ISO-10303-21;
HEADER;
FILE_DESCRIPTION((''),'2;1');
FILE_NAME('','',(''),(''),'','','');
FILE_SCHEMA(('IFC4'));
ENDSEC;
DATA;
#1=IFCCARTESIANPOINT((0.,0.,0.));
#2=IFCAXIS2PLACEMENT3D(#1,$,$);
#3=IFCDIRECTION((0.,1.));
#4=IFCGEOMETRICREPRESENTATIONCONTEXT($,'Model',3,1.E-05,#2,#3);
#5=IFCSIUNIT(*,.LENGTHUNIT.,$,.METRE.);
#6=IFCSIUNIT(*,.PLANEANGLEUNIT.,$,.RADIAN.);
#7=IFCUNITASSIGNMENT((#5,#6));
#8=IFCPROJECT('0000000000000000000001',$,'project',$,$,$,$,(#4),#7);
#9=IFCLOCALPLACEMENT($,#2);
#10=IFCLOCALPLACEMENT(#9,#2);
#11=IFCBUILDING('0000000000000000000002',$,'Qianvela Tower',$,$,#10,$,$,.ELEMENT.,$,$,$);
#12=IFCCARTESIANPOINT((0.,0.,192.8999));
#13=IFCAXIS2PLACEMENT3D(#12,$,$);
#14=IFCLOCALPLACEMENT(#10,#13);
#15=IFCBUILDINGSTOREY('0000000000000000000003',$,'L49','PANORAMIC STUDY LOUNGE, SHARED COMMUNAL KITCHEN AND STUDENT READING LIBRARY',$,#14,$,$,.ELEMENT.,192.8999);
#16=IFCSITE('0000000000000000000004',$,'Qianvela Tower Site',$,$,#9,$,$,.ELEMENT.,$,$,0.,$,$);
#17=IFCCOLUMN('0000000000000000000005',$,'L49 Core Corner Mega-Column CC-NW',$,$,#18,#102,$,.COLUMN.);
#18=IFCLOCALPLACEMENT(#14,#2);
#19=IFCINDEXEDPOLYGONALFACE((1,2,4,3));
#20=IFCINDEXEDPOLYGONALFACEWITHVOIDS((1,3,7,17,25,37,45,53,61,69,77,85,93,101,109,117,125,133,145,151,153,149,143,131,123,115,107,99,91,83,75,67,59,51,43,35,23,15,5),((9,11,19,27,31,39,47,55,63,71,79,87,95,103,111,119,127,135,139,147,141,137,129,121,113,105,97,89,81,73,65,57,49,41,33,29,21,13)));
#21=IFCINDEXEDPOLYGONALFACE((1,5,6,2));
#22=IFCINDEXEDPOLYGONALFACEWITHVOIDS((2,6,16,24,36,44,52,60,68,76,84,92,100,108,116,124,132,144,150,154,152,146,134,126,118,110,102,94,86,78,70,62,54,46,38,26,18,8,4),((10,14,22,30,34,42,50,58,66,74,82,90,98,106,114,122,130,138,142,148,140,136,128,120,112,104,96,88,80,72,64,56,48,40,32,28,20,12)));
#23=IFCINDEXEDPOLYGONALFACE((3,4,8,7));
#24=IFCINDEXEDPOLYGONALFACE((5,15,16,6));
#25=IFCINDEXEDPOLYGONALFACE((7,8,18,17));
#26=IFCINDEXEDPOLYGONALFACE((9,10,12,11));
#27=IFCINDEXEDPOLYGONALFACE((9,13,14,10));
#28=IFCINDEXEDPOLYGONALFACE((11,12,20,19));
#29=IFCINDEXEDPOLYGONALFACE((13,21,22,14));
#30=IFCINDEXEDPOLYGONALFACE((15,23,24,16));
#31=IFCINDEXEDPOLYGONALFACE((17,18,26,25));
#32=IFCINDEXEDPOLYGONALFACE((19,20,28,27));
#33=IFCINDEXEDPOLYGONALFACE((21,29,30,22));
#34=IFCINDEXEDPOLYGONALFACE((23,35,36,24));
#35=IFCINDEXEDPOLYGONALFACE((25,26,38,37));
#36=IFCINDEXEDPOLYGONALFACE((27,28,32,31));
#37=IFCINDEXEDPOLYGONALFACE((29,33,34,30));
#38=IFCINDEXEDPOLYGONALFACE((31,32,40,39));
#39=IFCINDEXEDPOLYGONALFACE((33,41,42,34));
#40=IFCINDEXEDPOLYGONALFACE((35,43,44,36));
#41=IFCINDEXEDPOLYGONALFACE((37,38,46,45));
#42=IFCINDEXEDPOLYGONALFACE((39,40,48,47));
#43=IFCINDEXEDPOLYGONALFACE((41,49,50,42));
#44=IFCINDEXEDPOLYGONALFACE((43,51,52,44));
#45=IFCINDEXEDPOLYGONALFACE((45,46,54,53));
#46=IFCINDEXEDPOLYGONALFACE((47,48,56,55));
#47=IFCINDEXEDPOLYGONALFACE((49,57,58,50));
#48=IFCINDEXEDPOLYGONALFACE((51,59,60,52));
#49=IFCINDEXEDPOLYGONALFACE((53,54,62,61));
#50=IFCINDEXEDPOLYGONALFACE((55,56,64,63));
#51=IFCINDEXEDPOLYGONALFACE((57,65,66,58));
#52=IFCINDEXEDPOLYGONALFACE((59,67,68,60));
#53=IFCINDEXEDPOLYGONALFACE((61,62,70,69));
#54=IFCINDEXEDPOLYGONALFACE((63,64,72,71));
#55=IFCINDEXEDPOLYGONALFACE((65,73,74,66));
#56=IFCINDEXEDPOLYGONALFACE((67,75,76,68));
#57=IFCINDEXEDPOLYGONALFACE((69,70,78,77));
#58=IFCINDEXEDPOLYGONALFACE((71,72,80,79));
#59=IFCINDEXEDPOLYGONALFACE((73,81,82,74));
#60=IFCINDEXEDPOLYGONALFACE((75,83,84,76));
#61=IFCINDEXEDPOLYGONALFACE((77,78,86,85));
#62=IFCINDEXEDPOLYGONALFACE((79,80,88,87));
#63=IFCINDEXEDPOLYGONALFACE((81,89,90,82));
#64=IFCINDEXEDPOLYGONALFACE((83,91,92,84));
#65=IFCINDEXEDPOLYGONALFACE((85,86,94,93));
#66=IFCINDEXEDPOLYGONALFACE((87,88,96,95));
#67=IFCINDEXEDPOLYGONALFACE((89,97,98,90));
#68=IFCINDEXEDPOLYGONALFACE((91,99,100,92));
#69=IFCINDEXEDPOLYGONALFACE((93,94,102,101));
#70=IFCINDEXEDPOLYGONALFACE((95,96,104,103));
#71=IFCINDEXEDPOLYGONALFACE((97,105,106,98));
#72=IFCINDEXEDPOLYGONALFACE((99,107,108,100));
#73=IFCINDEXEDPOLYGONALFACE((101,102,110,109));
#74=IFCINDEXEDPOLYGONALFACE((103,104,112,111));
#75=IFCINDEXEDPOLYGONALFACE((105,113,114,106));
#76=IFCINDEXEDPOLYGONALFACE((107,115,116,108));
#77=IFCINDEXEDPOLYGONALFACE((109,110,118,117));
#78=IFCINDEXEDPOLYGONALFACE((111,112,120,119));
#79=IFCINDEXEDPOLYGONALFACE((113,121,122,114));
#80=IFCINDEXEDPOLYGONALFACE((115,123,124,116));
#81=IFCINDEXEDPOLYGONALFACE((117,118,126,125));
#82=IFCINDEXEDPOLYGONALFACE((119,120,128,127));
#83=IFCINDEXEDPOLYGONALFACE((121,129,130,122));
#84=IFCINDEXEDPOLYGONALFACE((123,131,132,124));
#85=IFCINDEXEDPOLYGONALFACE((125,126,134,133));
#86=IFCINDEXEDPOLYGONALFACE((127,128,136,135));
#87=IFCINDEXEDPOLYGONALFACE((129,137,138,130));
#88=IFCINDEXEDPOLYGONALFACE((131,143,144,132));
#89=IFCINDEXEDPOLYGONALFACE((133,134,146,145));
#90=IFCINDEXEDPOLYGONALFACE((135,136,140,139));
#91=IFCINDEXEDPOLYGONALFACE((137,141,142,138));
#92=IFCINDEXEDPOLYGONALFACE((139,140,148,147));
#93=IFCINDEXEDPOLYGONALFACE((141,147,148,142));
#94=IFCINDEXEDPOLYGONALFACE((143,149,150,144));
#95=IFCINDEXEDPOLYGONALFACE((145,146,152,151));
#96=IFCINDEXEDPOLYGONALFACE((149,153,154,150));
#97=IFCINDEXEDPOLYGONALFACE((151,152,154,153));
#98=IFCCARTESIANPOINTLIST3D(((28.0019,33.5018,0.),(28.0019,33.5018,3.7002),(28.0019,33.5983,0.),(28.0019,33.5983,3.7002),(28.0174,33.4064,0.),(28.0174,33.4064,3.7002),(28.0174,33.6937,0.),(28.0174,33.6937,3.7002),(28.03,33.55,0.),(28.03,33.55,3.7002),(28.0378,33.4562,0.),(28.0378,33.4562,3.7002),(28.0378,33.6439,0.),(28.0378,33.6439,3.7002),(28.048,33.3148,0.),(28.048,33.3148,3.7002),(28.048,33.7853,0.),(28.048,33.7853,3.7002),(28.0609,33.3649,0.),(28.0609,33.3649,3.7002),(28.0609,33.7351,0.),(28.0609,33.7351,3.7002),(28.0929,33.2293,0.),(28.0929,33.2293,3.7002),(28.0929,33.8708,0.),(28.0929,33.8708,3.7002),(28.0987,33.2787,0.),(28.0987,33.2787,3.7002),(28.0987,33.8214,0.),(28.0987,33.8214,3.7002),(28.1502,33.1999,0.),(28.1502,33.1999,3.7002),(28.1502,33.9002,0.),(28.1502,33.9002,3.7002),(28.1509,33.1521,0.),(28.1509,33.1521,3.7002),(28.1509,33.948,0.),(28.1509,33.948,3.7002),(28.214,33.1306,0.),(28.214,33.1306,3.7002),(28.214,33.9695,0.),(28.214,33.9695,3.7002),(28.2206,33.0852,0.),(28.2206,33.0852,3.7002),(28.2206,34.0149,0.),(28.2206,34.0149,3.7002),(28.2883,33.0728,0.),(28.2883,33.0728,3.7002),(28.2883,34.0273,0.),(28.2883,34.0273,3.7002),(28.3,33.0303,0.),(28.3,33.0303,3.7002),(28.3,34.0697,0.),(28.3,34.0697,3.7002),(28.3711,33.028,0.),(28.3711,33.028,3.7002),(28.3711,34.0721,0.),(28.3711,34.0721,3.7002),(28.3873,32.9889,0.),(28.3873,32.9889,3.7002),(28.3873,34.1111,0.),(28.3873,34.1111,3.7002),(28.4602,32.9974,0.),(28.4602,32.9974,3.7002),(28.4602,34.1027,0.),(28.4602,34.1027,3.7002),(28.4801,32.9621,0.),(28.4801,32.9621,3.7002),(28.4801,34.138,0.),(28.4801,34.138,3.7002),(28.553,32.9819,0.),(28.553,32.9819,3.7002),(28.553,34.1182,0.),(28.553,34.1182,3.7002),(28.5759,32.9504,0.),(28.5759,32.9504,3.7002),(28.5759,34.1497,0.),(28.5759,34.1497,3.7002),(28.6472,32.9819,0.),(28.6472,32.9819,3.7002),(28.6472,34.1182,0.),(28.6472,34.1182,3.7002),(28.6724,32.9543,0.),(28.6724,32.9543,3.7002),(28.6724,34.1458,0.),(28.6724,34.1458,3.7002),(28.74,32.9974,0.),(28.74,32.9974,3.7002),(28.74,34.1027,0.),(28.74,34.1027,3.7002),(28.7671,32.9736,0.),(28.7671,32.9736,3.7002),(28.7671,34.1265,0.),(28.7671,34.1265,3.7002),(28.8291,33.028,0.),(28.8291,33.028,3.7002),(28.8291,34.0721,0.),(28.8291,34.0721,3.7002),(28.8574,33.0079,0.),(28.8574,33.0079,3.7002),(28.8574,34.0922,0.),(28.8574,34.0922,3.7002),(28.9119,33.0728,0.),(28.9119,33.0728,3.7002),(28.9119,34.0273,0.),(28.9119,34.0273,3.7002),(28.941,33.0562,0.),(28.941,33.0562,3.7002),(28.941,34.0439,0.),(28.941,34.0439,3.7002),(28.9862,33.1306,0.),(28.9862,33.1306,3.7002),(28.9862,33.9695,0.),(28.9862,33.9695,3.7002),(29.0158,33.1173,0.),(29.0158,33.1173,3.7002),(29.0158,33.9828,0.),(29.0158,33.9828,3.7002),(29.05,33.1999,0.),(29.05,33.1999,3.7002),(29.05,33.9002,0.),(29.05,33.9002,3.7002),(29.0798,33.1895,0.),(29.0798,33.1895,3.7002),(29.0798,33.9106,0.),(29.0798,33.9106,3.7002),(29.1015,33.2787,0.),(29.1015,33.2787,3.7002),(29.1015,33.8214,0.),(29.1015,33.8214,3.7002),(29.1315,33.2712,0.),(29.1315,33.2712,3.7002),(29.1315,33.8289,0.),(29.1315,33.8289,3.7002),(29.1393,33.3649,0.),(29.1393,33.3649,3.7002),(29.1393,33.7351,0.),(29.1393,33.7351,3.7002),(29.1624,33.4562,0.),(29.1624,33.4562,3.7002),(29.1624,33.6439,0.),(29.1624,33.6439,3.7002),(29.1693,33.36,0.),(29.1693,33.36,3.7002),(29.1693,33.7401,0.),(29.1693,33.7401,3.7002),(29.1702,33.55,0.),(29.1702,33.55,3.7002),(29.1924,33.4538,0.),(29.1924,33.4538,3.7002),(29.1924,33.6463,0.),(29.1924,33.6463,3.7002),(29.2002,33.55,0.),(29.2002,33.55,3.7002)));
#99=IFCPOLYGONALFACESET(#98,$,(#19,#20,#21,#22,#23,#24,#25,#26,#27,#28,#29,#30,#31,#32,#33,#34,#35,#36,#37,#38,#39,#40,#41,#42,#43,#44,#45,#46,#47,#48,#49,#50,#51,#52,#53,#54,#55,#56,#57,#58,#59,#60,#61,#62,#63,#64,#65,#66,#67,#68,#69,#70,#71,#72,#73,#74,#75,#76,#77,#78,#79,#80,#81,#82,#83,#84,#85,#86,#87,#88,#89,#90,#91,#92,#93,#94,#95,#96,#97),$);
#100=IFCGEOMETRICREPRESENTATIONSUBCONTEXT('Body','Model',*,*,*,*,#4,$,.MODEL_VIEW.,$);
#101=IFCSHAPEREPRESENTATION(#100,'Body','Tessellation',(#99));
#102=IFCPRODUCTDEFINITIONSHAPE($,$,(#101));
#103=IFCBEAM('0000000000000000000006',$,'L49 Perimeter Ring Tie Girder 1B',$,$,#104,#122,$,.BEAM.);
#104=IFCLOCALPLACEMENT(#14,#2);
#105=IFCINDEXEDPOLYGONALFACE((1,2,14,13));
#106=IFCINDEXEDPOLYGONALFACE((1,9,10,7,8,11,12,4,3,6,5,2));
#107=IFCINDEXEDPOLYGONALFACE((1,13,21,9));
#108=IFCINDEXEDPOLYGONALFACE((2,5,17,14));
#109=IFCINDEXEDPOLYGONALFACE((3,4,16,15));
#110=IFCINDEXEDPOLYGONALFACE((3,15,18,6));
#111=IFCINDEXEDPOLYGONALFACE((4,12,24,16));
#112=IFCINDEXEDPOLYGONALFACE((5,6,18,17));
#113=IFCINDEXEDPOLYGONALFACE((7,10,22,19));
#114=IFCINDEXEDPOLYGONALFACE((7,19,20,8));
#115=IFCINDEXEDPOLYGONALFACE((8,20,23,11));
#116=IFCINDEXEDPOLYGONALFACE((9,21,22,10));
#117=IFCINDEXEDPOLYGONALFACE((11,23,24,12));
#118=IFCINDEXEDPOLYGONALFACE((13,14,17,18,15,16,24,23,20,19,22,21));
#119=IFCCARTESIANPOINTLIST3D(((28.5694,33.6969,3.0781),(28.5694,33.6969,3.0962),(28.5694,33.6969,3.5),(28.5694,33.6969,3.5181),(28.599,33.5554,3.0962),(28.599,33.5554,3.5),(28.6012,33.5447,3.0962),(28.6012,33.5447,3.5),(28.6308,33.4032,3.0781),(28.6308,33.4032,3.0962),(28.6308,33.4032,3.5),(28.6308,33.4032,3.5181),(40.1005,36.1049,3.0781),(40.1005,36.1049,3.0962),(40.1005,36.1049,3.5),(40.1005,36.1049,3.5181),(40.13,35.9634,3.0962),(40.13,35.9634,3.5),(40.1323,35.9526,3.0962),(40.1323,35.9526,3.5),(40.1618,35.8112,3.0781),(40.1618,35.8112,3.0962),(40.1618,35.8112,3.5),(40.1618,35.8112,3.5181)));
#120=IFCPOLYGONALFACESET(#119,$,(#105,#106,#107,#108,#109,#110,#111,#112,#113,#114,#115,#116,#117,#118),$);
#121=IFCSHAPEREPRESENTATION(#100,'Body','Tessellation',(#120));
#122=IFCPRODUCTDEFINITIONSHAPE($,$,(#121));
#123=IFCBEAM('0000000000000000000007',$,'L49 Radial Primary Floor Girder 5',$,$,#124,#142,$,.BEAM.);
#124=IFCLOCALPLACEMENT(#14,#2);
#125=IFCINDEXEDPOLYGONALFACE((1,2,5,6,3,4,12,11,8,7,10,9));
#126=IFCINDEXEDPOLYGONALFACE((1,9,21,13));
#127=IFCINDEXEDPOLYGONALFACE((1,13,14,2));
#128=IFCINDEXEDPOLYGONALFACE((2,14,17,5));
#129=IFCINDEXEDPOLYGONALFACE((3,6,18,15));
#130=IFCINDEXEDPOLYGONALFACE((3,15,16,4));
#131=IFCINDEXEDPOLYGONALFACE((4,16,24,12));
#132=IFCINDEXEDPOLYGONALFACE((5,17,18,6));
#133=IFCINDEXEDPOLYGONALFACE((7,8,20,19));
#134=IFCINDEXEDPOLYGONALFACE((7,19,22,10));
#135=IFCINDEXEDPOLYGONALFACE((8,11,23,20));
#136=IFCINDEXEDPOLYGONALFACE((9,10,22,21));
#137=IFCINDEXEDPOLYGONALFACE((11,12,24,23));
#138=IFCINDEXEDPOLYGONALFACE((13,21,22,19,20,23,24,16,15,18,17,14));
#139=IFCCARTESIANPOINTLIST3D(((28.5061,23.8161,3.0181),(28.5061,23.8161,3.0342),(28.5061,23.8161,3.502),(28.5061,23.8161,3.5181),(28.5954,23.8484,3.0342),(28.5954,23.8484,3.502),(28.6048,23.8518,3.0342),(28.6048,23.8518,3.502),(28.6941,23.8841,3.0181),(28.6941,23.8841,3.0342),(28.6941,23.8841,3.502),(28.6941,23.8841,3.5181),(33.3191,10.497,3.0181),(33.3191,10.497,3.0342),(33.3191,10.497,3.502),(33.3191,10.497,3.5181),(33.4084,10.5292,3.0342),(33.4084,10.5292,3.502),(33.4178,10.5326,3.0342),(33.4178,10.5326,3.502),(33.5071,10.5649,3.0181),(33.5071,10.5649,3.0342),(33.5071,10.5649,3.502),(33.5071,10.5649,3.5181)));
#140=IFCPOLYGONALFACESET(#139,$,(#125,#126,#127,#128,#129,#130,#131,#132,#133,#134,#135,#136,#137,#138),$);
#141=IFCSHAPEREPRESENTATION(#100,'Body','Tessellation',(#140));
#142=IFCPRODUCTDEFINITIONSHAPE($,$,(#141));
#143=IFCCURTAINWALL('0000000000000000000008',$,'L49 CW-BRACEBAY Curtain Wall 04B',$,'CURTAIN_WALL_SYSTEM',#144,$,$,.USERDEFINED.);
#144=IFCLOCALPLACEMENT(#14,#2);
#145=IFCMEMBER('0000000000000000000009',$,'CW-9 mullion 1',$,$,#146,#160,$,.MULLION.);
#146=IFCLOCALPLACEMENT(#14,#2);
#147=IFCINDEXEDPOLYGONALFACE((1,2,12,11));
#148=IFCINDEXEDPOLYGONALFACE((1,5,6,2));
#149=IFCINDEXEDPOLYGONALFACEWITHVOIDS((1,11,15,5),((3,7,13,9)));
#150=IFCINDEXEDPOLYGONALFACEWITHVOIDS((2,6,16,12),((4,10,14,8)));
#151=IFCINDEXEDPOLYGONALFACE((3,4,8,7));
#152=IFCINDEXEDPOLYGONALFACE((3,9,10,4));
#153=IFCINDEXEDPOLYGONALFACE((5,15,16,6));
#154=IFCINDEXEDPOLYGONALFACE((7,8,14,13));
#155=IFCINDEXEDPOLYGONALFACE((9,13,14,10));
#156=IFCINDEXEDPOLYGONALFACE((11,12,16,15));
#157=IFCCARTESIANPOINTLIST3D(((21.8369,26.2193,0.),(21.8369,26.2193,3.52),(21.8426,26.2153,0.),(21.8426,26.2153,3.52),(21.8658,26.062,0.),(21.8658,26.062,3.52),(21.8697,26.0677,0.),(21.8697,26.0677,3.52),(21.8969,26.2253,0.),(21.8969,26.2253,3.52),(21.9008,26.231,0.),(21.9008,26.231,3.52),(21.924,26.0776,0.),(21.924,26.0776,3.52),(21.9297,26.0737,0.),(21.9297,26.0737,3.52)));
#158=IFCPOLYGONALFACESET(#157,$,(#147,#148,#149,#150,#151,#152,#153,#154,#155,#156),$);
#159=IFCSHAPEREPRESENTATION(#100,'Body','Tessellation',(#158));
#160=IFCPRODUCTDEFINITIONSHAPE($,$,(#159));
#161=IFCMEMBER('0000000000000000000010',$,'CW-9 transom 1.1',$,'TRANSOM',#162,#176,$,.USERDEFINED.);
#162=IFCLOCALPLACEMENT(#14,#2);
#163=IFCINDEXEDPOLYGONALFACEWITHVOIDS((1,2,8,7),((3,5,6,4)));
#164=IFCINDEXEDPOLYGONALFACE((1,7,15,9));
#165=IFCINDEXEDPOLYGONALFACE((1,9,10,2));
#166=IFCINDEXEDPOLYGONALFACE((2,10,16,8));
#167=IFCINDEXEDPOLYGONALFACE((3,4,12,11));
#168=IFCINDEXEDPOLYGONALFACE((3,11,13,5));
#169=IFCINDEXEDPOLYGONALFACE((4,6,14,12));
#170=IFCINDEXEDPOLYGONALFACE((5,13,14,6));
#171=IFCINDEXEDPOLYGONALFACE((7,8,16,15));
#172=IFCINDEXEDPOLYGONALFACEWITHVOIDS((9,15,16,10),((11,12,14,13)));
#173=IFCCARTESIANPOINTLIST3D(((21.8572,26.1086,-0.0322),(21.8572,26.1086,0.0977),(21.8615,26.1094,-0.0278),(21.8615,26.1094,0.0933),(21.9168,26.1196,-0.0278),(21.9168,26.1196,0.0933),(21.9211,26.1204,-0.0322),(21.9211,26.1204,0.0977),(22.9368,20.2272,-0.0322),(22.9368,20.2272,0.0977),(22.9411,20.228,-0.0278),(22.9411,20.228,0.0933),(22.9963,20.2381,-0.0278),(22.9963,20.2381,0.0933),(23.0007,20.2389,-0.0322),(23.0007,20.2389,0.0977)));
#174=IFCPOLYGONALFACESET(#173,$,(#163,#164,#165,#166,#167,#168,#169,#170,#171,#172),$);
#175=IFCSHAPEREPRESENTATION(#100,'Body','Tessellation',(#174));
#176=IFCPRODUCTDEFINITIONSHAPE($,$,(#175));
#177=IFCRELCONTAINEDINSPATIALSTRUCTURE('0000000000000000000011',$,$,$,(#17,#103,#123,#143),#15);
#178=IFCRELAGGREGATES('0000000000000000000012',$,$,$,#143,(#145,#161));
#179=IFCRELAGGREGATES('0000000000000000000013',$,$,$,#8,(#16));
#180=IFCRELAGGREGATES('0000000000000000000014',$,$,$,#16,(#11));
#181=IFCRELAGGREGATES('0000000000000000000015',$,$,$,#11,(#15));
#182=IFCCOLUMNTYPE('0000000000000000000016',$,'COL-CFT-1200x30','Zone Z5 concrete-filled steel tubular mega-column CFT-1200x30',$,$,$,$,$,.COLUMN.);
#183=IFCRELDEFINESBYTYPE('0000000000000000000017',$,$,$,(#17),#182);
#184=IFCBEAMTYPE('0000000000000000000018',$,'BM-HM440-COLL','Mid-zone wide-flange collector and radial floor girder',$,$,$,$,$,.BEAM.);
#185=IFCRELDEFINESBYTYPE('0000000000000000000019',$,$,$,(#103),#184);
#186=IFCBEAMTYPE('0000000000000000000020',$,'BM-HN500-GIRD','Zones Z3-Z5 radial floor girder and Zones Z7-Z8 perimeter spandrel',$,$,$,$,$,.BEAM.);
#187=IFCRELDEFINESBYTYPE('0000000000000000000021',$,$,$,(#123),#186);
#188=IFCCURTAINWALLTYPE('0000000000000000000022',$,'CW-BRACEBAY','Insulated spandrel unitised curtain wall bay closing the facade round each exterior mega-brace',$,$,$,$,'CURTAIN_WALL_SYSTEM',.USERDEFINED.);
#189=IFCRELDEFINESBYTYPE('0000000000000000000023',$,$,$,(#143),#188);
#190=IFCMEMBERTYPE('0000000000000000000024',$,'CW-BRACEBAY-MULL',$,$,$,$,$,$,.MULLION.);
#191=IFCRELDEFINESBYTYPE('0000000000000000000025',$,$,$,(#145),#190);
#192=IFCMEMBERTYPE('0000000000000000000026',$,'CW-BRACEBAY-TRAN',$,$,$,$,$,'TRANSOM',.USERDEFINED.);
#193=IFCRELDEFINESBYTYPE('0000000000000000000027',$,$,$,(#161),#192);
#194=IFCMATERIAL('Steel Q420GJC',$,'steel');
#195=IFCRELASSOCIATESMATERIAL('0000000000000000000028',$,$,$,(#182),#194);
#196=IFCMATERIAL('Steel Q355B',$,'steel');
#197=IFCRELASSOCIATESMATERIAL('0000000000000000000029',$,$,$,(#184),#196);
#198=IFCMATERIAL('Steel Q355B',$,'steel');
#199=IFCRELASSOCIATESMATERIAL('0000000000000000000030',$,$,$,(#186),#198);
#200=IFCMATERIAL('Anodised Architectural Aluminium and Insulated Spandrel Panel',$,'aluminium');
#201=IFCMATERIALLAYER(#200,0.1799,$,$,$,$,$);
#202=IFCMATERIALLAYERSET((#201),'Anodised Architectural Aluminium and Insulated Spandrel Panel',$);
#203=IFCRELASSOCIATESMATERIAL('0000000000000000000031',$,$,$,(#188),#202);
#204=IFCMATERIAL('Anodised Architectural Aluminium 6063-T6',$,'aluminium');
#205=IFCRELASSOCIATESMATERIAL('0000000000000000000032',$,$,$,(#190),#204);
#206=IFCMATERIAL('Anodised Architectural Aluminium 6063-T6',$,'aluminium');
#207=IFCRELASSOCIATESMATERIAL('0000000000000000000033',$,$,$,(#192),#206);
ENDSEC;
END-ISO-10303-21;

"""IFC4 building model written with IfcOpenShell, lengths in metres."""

from ifc_helpers import new_model, si_unit, direction, frame, origin, origin_2d, place, context, subcontext, project, spatial, hollow_rectangle, hollow_circle, i_section, extrude, material, layer, layer_set, material_profile, profile_set, type_object, element, aggregate, save


model = new_model("IFC4")

# Units and contexts
model_context = context("Model", 3, precision=1e-05, world=origin(), true_north=direction((0.0, 1.0)))
body_context = subcontext(model_context, "Body", "Model", "MODEL_VIEW")
ifc_project = project(units=[si_unit("LENGTHUNIT", "METRE"), si_unit("PLANEANGLEUNIT", "RADIAN")], contexts=[model_context])

# Site, building, storey
site_placement = place(None, origin())
site = spatial("IfcSite", under=ifc_project, at=site_placement, Name="Qianvela Tower Site", CompositionType="ELEMENT", RefElevation=0.0)
building_placement = place(site_placement, origin())
building = spatial("IfcBuilding", under=site, at=building_placement, Name="Qianvela Tower", CompositionType="ELEMENT")
storey_placement = place(building_placement, frame((0.0, 0.0, 192.8999)))
storey = spatial("IfcBuildingStorey", under=building, at=storey_placement, Name="L49", Description="PANORAMIC STUDY LOUNGE, SHARED COMMUNAL KITCHEN AND STUDENT READING LIBRARY", CompositionType="ELEMENT", Elevation=192.8999)

# Column
ifc_material_1 = material(Name="Steel Q420GJC", Category="steel")
ifc_material_profile_1 = material_profile(ifc_material_1, hollow_circle(Radius=0.6001, WallThickness=0.03, at=origin_2d()), Name="CFT-1200x30")
ifc_profile_set_1 = profile_set([ifc_material_profile_1], Name="Steel Q420GJC")
column_type = type_object("IfcColumnType", Name="COL-CFT-1200x30", Description="Zone Z5 concrete-filled steel tubular mega-column CFT-1200x30", PredefinedType="COLUMN", material=ifc_profile_set_1)
column_placement = place(storey_placement, frame((28.6001, 33.55, 0.0), z_axis=(0.0, 0.0, 1.0), x_axis=(1.0, 0.0, 0.0)))
element("IfcColumn", 1, at=column_placement, inside=storey, type_object=column_type, Name="L49 Core Corner Mega-Column CC-NW", PredefinedType="COLUMN", context=body_context, shape_type="SweptSolid", body=[
    extrude(hollow_circle(Radius=0.6001, WallThickness=0.03, at=origin_2d()), origin(), (0.0, 0.0, 1.0), 3.7002),
])

# Beams
ifc_material_2 = material(Name="Steel Q355B", Category="steel")
ifc_material_profile_2 = material_profile(ifc_material_2, i_section(OverallWidth=0.3, OverallDepth=0.4399, WebThickness=0.011, FlangeThickness=0.0181, at=origin_2d()), Name="HM440x300x11x18")
ifc_profile_set_2 = profile_set([ifc_material_profile_2], Name="Steel Q355B")
beam_type_1 = type_object("IfcBeamType", Name="BM-HM440-COLL", Description="Mid-zone wide-flange collector and radial floor girder", PredefinedType="BEAM", material=ifc_profile_set_2)
beam_1_placement = place(storey_placement, frame((28.6001, 33.55, 3.2981), z_axis=(0.978884, 0.204415, 0.0), x_axis=(-0.204415, 0.978884, 0.0)))
element("IfcBeam", 2, at=beam_1_placement, inside=storey, type_object=beam_type_1, Name="L49 Perimeter Ring Tie Girder 1B", PredefinedType="BEAM", context=body_context, shape_type="SweptSolid", body=[
    extrude(i_section(OverallWidth=0.3, OverallDepth=0.4399, WebThickness=0.011, FlangeThickness=0.0181, at=origin_2d()), origin(), (0.0, 0.0, 1.0), 11.7798),
])
ifc_material_3 = material(Name="Steel Q355B", Category="steel")
ifc_material_profile_3 = material_profile(ifc_material_3, i_section(OverallWidth=0.2, OverallDepth=0.5, WebThickness=0.01, FlangeThickness=0.0161, at=origin_2d()), Name="HN500x200x10x16")
ifc_profile_set_3 = profile_set([ifc_material_profile_3], Name="Steel Q355B")
beam_type_2 = type_object("IfcBeamType", Name="BM-HN500-GIRD", Description="Zones Z3-Z5 radial floor girder and Zones Z7-Z8 perimeter spandrel", PredefinedType="BEAM", material=ifc_profile_set_3)
beam_2_placement = place(storey_placement, frame((28.6001, 23.8501, 3.2681), z_axis=(0.339852, -0.940479, 0.0), x_axis=(0.940479, 0.339852, 0.0)))
element("IfcBeam", 3, at=beam_2_placement, inside=storey, type_object=beam_type_2, Name="L49 Radial Primary Floor Girder 5", PredefinedType="BEAM", context=body_context, shape_type="SweptSolid", body=[
    extrude(i_section(OverallWidth=0.2, OverallDepth=0.5, WebThickness=0.01, FlangeThickness=0.0161, at=origin_2d()), origin(), (0.0, 0.0, 1.0), 14.1621),
])

# Curtain wall, members
ifc_material_4 = material(Name="Anodised Architectural Aluminium and Insulated Spandrel Panel", Category="aluminium")
ifc_layer_1 = layer(ifc_material_4, 0.1799)
ifc_layer_set_1 = layer_set([ifc_layer_1], Name="Anodised Architectural Aluminium and Insulated Spandrel Panel")
curtain_wall_type_1 = type_object("IfcCurtainWallType", Name="CW-BRACEBAY", Description="Insulated spandrel unitised curtain wall bay closing the facade round each exterior mega-brace", ElementType="CURTAIN_WALL_SYSTEM", PredefinedType="USERDEFINED", material=ifc_layer_set_1)
curtain_wall_1_placement = place(storey_placement, origin())
curtain_wall_1 = element("IfcCurtainWall", 4, at=curtain_wall_1_placement, inside=storey, type_object=curtain_wall_type_1, Name="L49 CW-BRACEBAY Curtain Wall 04B", ObjectType="CURTAIN_WALL_SYSTEM", PredefinedType="USERDEFINED")
ifc_material_5 = material(Name="Anodised Architectural Aluminium 6063-T6", Category="aluminium")
ifc_material_profile_4 = material_profile(ifc_material_5, hollow_rectangle(XDim=0.0649, YDim=0.1599, WallThickness=0.0049, at=origin_2d()), Name="ALU-MULL-65x160")
ifc_profile_set_4 = profile_set([ifc_material_profile_4], Name="Anodised Architectural Aluminium 6063-T6")
member_type_1 = type_object("IfcMemberType", Name="CW-BRACEBAY-MULL", PredefinedType="MULLION", material=ifc_profile_set_4)
member_1_placement = place(storey_placement, frame((21.8833, 26.1465, 0.0), z_axis=(0.0, 0.0, 1.0), x_axis=(0.983571, 0.180524, 0.0)))
member_1 = element("IfcMember", 5, at=member_1_placement, type_object=member_type_1, Name="CW-9 mullion 1", PredefinedType="MULLION", context=body_context, shape_type="SweptSolid", body=[
    extrude(hollow_rectangle(XDim=0.0649, YDim=0.1599, WallThickness=0.0049, at=origin_2d()), origin(), (0.0, 0.0, 1.0), 3.52),
])
ifc_material_6 = material(Name="Anodised Architectural Aluminium 6063-T6", Category="aluminium")
ifc_material_profile_5 = material_profile(ifc_material_6, hollow_rectangle(XDim=0.0649, YDim=0.1299, WallThickness=0.0044, at=origin_2d()), Name="ALU-TRAN-65x130")
ifc_profile_set_5 = profile_set([ifc_material_profile_5], Name="Anodised Architectural Aluminium 6063-T6")
member_type_2 = type_object("IfcMemberType", Name="CW-BRACEBAY-TRAN", ElementType="TRANSOM", PredefinedType="USERDEFINED", material=ifc_profile_set_5)
member_2_placement = place(storey_placement, frame((21.8892, 26.1145, 0.0327), z_axis=(0.180538, -0.983568, 0.0), x_axis=(0.983568, 0.180538, 0.0)))
member_2 = element("IfcMember", 6, at=member_2_placement, type_object=member_type_2, Name="CW-9 transom 1.1", ObjectType="TRANSOM", PredefinedType="USERDEFINED", context=body_context, shape_type="SweptSolid", body=[
    extrude(hollow_rectangle(XDim=0.0649, YDim=0.1299, WallThickness=0.0044, at=origin_2d()), origin(), (0.0, 0.0, 1.0), 5.9797),
])
aggregate(curtain_wall_1, [member_1, member_2])

save(model, "model.ifc")
